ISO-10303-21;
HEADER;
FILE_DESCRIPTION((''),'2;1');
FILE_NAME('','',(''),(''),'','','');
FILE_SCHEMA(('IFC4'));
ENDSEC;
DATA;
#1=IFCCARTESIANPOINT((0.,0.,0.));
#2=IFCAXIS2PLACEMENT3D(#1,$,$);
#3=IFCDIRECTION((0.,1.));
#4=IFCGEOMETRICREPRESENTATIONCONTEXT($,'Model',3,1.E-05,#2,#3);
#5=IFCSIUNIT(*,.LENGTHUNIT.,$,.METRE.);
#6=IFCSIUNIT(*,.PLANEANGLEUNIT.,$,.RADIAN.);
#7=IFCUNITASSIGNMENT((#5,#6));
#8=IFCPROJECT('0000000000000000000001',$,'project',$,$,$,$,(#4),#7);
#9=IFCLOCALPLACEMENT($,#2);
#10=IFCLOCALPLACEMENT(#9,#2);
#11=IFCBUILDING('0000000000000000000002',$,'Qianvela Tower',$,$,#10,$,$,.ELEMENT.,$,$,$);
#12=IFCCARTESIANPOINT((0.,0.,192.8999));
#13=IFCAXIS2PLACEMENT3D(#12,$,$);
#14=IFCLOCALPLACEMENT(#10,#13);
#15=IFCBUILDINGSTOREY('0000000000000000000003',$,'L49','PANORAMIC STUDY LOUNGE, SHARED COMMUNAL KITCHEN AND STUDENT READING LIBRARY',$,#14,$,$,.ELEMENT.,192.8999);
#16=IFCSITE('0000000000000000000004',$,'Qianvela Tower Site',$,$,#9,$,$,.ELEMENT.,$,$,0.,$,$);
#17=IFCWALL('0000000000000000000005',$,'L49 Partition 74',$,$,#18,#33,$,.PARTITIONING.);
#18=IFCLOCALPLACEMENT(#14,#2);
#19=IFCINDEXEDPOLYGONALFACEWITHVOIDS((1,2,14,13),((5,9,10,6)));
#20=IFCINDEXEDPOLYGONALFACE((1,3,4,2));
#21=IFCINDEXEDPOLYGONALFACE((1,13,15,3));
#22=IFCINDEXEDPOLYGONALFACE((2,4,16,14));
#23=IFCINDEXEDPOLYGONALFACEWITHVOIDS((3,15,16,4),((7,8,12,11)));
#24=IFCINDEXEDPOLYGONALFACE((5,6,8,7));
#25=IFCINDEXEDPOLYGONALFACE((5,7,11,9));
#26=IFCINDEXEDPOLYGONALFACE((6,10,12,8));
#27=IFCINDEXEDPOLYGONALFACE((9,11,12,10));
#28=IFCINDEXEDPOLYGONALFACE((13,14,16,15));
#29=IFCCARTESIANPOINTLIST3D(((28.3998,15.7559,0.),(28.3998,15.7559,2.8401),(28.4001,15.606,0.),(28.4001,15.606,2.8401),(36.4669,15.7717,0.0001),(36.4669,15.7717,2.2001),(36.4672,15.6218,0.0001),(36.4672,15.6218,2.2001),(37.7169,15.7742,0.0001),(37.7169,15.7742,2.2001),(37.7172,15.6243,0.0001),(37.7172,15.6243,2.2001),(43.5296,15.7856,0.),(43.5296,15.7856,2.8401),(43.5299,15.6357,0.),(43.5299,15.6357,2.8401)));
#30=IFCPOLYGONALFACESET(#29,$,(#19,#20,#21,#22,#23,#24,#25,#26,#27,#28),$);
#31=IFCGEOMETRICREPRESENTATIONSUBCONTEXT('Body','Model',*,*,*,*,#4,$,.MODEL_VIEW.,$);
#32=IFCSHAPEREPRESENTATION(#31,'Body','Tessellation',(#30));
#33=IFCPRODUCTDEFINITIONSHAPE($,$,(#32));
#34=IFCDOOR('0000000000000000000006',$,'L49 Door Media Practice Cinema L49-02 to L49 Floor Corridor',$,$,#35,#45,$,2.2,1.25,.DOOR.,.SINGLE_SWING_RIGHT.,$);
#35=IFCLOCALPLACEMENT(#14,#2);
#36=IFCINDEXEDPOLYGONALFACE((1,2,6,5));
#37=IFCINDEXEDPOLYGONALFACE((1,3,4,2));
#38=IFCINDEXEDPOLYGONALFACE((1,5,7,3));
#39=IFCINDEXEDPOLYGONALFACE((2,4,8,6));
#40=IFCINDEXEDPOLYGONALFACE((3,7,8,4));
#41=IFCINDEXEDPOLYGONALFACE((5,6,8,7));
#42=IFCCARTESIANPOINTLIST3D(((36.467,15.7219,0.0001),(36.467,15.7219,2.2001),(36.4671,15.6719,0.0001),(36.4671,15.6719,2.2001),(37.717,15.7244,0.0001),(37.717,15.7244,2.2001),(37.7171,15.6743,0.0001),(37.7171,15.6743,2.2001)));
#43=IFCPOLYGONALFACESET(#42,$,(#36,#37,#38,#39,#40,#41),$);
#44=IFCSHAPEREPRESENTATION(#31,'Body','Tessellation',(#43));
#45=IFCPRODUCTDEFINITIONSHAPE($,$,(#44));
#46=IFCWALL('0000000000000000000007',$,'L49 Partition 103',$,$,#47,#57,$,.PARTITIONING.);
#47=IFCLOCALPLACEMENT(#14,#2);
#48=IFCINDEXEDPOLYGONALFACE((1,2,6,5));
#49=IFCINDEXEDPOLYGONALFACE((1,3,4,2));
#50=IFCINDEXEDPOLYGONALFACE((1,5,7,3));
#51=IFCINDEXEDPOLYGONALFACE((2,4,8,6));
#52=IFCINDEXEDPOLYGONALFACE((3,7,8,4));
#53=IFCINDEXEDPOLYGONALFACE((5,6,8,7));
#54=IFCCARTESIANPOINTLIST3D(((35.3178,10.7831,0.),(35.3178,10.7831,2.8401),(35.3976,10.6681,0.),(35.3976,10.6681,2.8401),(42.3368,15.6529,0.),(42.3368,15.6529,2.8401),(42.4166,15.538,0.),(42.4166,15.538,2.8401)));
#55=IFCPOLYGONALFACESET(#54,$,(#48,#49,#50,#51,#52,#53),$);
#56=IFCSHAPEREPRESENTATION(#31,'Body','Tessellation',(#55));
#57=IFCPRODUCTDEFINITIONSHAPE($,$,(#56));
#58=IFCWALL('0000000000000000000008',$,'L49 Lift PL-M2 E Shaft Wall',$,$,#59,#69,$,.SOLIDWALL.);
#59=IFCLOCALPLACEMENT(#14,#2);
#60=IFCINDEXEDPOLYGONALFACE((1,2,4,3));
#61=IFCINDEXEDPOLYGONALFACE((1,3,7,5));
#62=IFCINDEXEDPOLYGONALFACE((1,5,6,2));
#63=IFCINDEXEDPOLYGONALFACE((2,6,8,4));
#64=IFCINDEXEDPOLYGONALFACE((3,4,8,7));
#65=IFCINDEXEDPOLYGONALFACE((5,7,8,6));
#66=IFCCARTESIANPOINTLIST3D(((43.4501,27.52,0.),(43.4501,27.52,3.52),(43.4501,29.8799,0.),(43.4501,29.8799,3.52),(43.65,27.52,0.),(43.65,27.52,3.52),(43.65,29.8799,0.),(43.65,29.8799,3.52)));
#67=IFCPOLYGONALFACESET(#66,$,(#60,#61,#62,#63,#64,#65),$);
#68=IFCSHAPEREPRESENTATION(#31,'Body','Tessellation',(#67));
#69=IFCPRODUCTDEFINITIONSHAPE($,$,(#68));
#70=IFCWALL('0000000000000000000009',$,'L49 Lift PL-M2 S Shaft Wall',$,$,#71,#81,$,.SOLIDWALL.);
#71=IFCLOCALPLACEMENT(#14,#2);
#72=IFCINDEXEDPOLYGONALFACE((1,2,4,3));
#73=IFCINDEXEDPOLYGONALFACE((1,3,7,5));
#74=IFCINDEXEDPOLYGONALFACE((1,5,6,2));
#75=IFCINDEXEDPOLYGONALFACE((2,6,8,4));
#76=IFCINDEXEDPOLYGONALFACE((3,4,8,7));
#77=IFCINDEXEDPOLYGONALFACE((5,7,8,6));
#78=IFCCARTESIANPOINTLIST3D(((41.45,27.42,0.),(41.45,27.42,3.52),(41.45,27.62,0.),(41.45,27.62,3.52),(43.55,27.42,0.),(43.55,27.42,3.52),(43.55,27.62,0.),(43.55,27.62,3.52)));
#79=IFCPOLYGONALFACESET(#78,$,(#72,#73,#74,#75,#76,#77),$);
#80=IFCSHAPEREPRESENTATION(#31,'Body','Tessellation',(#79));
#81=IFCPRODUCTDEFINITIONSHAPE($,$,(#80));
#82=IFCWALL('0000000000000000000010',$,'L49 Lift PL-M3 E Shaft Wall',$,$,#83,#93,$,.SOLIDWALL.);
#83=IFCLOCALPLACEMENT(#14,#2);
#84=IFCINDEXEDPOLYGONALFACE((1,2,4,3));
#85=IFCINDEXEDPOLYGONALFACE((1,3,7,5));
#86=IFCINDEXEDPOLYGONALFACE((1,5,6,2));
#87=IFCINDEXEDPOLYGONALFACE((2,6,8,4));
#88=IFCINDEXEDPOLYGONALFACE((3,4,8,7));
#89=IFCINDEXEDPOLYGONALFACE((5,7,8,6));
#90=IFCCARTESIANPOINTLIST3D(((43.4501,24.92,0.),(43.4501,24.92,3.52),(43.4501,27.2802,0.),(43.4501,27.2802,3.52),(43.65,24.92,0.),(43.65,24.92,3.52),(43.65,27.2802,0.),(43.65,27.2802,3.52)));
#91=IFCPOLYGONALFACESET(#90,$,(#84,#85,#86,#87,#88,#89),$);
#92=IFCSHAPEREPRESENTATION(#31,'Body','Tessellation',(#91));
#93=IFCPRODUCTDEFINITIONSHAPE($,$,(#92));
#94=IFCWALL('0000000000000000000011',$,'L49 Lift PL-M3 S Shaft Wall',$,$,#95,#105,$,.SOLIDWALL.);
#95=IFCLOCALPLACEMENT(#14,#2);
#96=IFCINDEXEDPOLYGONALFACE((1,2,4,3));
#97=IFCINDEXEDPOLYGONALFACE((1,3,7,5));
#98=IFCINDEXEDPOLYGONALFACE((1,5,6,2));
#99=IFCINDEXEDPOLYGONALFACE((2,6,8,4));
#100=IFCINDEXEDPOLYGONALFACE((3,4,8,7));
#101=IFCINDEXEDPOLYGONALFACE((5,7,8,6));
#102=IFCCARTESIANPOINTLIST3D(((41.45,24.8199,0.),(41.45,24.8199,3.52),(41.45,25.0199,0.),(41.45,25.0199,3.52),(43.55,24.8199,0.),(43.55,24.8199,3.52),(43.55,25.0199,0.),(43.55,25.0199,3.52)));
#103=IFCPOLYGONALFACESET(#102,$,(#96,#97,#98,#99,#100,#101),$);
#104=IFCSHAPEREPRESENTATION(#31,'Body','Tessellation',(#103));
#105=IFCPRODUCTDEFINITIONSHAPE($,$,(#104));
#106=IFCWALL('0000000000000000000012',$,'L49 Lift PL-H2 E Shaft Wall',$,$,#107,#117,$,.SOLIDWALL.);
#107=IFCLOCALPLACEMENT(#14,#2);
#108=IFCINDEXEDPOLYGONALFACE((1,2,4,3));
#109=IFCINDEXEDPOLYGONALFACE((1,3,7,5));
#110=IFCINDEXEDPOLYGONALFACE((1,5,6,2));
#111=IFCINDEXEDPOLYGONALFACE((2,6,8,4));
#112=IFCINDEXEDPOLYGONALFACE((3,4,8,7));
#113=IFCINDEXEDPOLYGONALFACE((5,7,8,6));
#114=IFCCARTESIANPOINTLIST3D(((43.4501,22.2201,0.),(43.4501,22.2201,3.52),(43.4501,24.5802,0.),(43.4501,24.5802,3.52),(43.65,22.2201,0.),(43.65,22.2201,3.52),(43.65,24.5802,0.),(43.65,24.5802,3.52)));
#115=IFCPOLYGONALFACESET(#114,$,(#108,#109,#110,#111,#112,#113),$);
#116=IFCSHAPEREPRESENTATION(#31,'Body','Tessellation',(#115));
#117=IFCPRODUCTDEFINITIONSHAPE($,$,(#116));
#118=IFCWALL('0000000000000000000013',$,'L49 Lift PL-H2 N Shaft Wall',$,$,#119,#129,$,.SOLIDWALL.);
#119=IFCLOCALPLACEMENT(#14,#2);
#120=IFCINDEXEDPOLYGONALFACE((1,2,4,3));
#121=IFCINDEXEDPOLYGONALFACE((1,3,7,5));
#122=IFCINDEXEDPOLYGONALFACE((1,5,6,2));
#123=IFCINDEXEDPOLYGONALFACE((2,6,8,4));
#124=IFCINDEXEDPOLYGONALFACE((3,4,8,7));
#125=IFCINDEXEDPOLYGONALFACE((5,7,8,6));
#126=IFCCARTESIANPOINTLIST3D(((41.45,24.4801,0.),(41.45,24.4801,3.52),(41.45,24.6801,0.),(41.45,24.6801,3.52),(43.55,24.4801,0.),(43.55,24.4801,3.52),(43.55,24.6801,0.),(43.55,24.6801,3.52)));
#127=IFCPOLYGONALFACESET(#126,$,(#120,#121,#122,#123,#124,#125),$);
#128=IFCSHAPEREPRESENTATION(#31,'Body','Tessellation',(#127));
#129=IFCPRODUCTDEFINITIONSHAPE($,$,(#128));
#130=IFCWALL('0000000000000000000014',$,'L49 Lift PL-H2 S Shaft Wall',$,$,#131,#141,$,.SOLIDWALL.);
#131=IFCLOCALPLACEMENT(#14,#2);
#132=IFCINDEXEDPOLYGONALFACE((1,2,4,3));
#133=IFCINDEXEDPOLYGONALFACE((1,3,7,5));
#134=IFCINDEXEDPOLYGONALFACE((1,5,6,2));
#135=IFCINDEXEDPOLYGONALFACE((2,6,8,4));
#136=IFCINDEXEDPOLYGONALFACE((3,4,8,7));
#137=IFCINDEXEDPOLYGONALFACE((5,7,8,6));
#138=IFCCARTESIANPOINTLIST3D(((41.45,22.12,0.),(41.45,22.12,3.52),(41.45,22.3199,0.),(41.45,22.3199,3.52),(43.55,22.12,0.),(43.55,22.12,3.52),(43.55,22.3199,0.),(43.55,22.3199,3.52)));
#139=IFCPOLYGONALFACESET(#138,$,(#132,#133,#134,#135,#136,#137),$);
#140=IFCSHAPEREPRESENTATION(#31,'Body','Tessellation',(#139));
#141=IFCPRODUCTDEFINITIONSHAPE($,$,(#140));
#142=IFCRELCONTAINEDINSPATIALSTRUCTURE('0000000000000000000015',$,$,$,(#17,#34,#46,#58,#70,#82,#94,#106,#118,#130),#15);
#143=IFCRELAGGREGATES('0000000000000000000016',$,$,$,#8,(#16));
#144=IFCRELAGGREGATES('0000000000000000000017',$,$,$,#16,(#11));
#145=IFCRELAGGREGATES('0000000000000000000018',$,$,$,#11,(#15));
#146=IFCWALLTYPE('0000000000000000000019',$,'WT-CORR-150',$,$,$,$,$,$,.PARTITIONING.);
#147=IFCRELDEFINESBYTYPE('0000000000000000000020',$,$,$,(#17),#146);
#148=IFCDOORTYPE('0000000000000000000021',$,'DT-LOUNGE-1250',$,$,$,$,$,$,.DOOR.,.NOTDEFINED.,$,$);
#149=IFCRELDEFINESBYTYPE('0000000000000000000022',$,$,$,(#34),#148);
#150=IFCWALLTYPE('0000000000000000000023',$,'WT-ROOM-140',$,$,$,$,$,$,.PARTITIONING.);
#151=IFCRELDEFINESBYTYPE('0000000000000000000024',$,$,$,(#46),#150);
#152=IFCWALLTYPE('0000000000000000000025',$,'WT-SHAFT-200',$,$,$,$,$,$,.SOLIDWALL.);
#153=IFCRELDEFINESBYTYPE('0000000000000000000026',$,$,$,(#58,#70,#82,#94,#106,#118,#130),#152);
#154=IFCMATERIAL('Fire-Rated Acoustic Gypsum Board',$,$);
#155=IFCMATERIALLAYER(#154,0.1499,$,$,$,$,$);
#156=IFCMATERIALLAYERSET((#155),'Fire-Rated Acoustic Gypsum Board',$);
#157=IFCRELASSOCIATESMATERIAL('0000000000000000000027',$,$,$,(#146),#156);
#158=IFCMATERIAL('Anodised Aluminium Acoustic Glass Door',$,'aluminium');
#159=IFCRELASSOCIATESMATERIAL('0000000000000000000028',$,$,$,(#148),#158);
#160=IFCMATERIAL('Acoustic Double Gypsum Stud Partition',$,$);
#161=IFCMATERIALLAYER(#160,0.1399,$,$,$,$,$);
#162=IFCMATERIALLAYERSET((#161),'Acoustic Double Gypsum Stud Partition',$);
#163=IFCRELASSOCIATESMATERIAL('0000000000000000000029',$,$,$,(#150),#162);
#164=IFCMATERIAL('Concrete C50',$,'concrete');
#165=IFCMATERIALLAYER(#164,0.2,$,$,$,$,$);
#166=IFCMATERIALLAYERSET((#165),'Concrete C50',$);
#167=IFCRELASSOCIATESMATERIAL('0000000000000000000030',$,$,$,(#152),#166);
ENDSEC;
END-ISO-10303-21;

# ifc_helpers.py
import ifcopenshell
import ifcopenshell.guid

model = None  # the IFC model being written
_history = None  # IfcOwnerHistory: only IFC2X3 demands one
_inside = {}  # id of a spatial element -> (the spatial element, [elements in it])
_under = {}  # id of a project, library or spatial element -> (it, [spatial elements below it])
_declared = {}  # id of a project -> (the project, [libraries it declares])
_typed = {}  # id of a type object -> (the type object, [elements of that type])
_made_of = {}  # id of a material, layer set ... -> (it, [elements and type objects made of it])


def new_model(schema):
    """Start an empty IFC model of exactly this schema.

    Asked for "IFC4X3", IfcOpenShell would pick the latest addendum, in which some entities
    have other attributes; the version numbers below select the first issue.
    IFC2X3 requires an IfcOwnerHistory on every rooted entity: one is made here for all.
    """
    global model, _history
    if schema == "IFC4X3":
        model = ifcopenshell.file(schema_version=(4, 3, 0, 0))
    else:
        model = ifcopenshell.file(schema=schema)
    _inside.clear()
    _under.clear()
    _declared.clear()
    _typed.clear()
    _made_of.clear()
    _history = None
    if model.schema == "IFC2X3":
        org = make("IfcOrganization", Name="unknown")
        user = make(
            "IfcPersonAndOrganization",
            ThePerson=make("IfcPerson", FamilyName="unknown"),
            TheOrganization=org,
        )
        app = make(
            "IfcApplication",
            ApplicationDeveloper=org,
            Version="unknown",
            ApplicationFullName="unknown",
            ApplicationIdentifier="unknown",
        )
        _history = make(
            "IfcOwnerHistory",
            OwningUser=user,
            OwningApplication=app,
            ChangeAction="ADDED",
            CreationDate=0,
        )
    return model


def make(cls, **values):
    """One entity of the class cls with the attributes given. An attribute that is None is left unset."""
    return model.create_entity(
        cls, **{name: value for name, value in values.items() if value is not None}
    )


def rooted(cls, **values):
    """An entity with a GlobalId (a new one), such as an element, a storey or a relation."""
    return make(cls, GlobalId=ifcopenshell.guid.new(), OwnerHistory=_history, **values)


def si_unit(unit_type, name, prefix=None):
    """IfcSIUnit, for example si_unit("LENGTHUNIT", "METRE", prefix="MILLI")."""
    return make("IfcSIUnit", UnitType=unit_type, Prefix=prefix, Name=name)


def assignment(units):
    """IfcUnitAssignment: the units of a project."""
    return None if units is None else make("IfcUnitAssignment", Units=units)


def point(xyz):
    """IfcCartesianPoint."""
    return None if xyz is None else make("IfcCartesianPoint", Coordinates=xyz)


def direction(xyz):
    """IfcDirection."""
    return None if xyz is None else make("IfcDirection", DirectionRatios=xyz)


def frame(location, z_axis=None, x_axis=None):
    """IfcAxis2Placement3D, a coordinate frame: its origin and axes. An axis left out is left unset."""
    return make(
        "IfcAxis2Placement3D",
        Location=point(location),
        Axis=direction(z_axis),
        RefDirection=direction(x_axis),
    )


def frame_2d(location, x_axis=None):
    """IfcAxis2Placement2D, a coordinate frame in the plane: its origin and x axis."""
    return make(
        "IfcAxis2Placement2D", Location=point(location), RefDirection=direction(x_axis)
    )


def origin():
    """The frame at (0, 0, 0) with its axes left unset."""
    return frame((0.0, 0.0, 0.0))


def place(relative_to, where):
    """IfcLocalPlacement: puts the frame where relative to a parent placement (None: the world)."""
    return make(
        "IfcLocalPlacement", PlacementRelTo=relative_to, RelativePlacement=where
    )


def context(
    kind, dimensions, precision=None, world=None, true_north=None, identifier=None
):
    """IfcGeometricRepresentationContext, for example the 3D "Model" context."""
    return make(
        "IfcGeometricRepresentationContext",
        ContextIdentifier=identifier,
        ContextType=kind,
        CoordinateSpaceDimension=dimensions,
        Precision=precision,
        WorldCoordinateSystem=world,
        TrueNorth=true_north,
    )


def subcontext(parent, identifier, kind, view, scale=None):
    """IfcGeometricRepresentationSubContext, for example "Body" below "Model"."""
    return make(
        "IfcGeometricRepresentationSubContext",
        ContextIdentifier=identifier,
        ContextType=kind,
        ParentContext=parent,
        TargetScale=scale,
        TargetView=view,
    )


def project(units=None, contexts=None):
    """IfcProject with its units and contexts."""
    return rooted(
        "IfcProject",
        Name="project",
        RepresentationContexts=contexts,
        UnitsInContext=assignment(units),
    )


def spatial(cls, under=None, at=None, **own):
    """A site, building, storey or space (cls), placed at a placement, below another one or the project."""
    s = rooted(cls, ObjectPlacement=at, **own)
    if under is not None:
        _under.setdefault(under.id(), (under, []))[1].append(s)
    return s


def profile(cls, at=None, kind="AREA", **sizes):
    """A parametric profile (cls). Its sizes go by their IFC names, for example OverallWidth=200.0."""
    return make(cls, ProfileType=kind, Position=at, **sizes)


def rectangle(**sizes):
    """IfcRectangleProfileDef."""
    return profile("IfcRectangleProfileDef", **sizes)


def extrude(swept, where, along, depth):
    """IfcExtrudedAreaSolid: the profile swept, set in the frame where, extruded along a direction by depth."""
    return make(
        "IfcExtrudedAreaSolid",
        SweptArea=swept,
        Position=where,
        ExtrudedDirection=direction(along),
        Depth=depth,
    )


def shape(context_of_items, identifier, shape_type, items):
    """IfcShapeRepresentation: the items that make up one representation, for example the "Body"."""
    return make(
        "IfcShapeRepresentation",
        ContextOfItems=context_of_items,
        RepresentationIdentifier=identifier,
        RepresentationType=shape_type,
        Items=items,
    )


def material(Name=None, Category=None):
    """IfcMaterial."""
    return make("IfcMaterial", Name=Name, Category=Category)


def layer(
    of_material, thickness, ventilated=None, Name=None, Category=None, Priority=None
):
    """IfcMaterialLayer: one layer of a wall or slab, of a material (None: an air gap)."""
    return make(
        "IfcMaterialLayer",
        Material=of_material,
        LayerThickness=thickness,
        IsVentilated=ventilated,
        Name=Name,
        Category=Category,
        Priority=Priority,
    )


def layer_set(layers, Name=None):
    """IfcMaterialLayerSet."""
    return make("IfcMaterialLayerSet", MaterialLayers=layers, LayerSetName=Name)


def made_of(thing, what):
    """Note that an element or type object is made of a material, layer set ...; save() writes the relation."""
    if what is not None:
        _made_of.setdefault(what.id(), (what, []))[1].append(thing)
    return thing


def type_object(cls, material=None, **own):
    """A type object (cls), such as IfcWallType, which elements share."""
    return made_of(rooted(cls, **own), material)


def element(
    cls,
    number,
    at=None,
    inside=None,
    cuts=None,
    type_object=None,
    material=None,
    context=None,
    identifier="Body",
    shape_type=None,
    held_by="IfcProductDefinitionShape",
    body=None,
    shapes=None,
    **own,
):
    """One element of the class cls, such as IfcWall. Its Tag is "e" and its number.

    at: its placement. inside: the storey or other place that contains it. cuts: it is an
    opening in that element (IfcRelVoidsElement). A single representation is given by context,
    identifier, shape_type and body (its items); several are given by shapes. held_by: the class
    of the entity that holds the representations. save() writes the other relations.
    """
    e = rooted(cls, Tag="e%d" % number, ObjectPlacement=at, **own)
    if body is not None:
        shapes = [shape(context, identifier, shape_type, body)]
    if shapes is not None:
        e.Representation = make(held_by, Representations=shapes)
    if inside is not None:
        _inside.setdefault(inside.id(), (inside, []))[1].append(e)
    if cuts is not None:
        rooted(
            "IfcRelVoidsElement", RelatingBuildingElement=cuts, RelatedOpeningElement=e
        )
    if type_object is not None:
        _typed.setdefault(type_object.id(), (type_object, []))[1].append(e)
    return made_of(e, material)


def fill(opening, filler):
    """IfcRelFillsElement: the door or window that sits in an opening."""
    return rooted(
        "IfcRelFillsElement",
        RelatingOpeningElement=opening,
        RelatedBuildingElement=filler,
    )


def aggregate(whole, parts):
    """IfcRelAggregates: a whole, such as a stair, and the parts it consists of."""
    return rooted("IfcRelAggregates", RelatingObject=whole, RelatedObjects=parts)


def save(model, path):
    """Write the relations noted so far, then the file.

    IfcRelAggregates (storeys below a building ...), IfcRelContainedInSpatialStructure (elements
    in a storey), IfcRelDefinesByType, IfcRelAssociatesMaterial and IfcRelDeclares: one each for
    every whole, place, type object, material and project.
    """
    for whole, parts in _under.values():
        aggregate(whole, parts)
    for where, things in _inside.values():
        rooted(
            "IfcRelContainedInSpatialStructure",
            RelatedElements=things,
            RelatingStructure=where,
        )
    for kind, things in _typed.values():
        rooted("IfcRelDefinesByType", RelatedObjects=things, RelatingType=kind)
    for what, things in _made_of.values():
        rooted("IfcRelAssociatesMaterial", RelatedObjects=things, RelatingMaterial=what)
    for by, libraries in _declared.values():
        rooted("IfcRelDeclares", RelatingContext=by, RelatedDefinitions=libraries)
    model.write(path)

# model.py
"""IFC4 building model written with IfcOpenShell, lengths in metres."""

from ifc_helpers import new_model, si_unit, direction, frame, frame_2d, origin, place, context, subcontext, project, spatial, rectangle, extrude, material, layer, layer_set, type_object, element, fill, save


model = new_model("IFC4")

# Units and contexts
model_context = context("Model", 3, precision=1e-05, world=origin(), true_north=direction((0.0, 1.0)))
body_context = subcontext(model_context, "Body", "Model", "MODEL_VIEW")
ifc_project = project(units=[si_unit("LENGTHUNIT", "METRE"), si_unit("PLANEANGLEUNIT", "RADIAN")], contexts=[model_context])

# Site, building, storey
site_placement = place(None, origin())
site = spatial("IfcSite", under=ifc_project, at=site_placement, Name="Qianvela Tower Site", CompositionType="ELEMENT", RefElevation=0.0)
building_placement = place(site_placement, origin())
building = spatial("IfcBuilding", under=site, at=building_placement, Name="Qianvela Tower", CompositionType="ELEMENT")
storey_placement = place(building_placement, frame((0.0, 0.0, 192.8999)))
storey = spatial("IfcBuildingStorey", under=building, at=storey_placement, Name="L49", Description="PANORAMIC STUDY LOUNGE, SHARED COMMUNAL KITCHEN AND STUDENT READING LIBRARY", CompositionType="ELEMENT", Elevation=192.8999)

# Shared definitions
ifc_material_1 = material(Name="Fire-Rated Acoustic Gypsum Board")
ifc_layer_1 = layer(ifc_material_1, 0.1499)
ifc_layer_set_1 = layer_set([ifc_layer_1], Name="Fire-Rated Acoustic Gypsum Board")
wall_type_1 = type_object("IfcWallType", Name="WT-CORR-150", PredefinedType="PARTITIONING", material=ifc_layer_set_1)
ifc_material_2 = material(Name="Anodised Aluminium Acoustic Glass Door", Category="aluminium")
door_type_1 = type_object("IfcDoorType", Name="DT-LOUNGE-1250", OperationType="NOTDEFINED", PredefinedType="DOOR", material=ifc_material_2)

# Wall, opening, door
wall_1_placement = place(storey_placement, frame((43.5298, 15.7107, 0.0), z_axis=(0.0, 0.0, 1.0), x_axis=(-0.999998, -0.001969, 0.0)))
wall_1 = element("IfcWall", 1, at=wall_1_placement, inside=storey, type_object=wall_type_1, Name="L49 Partition 74", PredefinedType="PARTITIONING", context=body_context, shape_type="SweptSolid", body=[
    extrude(rectangle(XDim=15.1299, YDim=0.1499, at=frame_2d((7.5649, 0.0))), origin(), (0.0, 0.0, 1.0), 2.8401),
])
opening_1_placement = place(wall_1_placement, frame((5.8127, 0.0, 0.0)))
opening_1 = element("IfcOpeningElement", 2, at=opening_1_placement, cuts=wall_1, PredefinedType="OPENING", context=body_context, shape_type="SweptSolid", body=[
    extrude(rectangle(XDim=1.25, YDim=2.2, at=frame_2d((0.625, 1.1001))), frame((0.0, 0.085, 0.0), z_axis=(0.0, -1.0, 0.0), x_axis=(1.0, 0.0, 0.0)), (0.0, 0.0, 1.0), 0.1699),
])
door_1_placement = place(opening_1_placement, origin())
door_1 = element("IfcDoor", 3, at=door_1_placement, inside=storey, type_object=door_type_1, Name="L49 Door Media Practice Cinema L49-02 to L49 Floor Corridor", OperationType="SINGLE_SWING_RIGHT", OverallHeight=2.2, OverallWidth=1.25, PredefinedType="DOOR", context=body_context, shape_type="SweptSolid", body=[
    extrude(rectangle(XDim=1.25, YDim=2.2, at=frame_2d((0.625, 1.1001))), frame((0.0, 0.0249, 0.0), z_axis=(0.0, -1.0, 0.0), x_axis=(1.0, 0.0, 0.0)), (0.0, 0.0, 1.0), 0.05),
])
fill(opening_1, door_1)

# Walls
ifc_material_3 = material(Name="Acoustic Double Gypsum Stud Partition")
ifc_layer_2 = layer(ifc_material_3, 0.1399)
ifc_layer_set_2 = layer_set([ifc_layer_2], Name="Acoustic Double Gypsum Stud Partition")
wall_type_2 = type_object("IfcWallType", Name="WT-ROOM-140", PredefinedType="PARTITIONING", material=ifc_layer_set_2)
wall_2_placement = place(storey_placement, frame((42.3767, 15.5955, 0.0), z_axis=(0.0, 0.0, 1.0), x_axis=(-0.821615, -0.570043, 0.0)))
element("IfcWall", 4, at=wall_2_placement, inside=storey, type_object=wall_type_2, Name="L49 Partition 103", PredefinedType="PARTITIONING", context=body_context, shape_type="SweptSolid", body=[
    extrude(rectangle(XDim=8.543, YDim=0.1399, at=frame_2d((4.2715, 0.0))), origin(), (0.0, 0.0, 1.0), 2.8401),
])
ifc_material_4 = material(Name="Concrete C50", Category="concrete")
ifc_layer_3 = layer(ifc_material_4, 0.2)
ifc_layer_set_3 = layer_set([ifc_layer_3], Name="Concrete C50")
wall_type_3 = type_object("IfcWallType", Name="WT-SHAFT-200", PredefinedType="SOLIDWALL", material=ifc_layer_set_3)
wall_3_placement = place(storey_placement, frame((43.55, 27.52, 0.0), z_axis=(0.0, 0.0, 1.0), x_axis=(0.0, 1.0, 0.0)))
element("IfcWall", 5, at=wall_3_placement, inside=storey, type_object=wall_type_3, Name="L49 Lift PL-M2 E Shaft Wall", PredefinedType="SOLIDWALL", context=body_context, shape_type="SweptSolid", body=[
    extrude(rectangle(XDim=2.3599, YDim=0.2, at=frame_2d((1.1799, 0.0))), origin(), (0.0, 0.0, 1.0), 3.52),
])

# Walls
wall_4_placement = place(storey_placement, frame((41.45, 27.52, 0.0), z_axis=(0.0, 0.0, 1.0), x_axis=(1.0, 0.0, 0.0)))
element("IfcWall", 6, at=wall_4_placement, inside=storey, type_object=wall_type_3, Name="L49 Lift PL-M2 S Shaft Wall", PredefinedType="SOLIDWALL", context=body_context, shape_type="SweptSolid", body=[
    extrude(rectangle(XDim=2.1001, YDim=0.2, at=frame_2d((1.05, 0.0))), origin(), (0.0, 0.0, 1.0), 3.52),
])
wall_5_placement = place(storey_placement, frame((43.55, 24.9199, 0.0), z_axis=(0.0, 0.0, 1.0), x_axis=(0.0, 1.0, 0.0)))
element("IfcWall", 7, at=wall_5_placement, inside=storey, type_object=wall_type_3, Name="L49 Lift PL-M3 E Shaft Wall", PredefinedType="SOLIDWALL", context=body_context, shape_type="SweptSolid", body=[
    extrude(rectangle(XDim=2.3601, YDim=0.2, at=frame_2d((1.1802, 0.0))), origin(), (0.0, 0.0, 1.0), 3.52),
])

# Walls
wall_6_placement = place(storey_placement, frame((41.45, 24.9199, 0.0), z_axis=(0.0, 0.0, 1.0), x_axis=(1.0, 0.0, 0.0)))
element("IfcWall", 8, at=wall_6_placement, inside=storey, type_object=wall_type_3, Name="L49 Lift PL-M3 S Shaft Wall", PredefinedType="SOLIDWALL", context=body_context, shape_type="SweptSolid", body=[
    extrude(rectangle(XDim=2.1001, YDim=0.2, at=frame_2d((1.05, 0.0))), origin(), (0.0, 0.0, 1.0), 3.52),
])
wall_7_placement = place(storey_placement, frame((43.55, 22.22, 0.0), z_axis=(0.0, 0.0, 1.0), x_axis=(0.0, 1.0, 0.0)))
element("IfcWall", 9, at=wall_7_placement, inside=storey, type_object=wall_type_3, Name="L49 Lift PL-H2 E Shaft Wall", PredefinedType="SOLIDWALL", context=body_context, shape_type="SweptSolid", body=[
    extrude(rectangle(XDim=2.3601, YDim=0.2, at=frame_2d((1.1802, 0.0))), origin(), (0.0, 0.0, 1.0), 3.52),
])
for number, where, z_axis, x_axis, name in (
    (10, (41.45, 24.5801, 0.0), (0.0, 0.0, 1.0), (1.0, 0.0, 0.0), "L49 Lift PL-H2 N Shaft Wall"),
    (11, (41.45, 22.22, 0.0), (0.0, 0.0, 1.0), (1.0, 0.0, 0.0), "L49 Lift PL-H2 S Shaft Wall"),
):
    element("IfcWall", number, at=place(storey_placement, frame(where, z_axis=z_axis, x_axis=x_axis)), inside=storey, type_object=wall_type_3, Name=name, PredefinedType="SOLIDWALL", context=body_context, shape_type="SweptSolid", body=[
        extrude(rectangle(XDim=2.1001, YDim=0.2, at=frame_2d((1.05, 0.0))), origin(), (0.0, 0.0, 1.0), 3.52),
    ])

save(model, "model.ifc")
